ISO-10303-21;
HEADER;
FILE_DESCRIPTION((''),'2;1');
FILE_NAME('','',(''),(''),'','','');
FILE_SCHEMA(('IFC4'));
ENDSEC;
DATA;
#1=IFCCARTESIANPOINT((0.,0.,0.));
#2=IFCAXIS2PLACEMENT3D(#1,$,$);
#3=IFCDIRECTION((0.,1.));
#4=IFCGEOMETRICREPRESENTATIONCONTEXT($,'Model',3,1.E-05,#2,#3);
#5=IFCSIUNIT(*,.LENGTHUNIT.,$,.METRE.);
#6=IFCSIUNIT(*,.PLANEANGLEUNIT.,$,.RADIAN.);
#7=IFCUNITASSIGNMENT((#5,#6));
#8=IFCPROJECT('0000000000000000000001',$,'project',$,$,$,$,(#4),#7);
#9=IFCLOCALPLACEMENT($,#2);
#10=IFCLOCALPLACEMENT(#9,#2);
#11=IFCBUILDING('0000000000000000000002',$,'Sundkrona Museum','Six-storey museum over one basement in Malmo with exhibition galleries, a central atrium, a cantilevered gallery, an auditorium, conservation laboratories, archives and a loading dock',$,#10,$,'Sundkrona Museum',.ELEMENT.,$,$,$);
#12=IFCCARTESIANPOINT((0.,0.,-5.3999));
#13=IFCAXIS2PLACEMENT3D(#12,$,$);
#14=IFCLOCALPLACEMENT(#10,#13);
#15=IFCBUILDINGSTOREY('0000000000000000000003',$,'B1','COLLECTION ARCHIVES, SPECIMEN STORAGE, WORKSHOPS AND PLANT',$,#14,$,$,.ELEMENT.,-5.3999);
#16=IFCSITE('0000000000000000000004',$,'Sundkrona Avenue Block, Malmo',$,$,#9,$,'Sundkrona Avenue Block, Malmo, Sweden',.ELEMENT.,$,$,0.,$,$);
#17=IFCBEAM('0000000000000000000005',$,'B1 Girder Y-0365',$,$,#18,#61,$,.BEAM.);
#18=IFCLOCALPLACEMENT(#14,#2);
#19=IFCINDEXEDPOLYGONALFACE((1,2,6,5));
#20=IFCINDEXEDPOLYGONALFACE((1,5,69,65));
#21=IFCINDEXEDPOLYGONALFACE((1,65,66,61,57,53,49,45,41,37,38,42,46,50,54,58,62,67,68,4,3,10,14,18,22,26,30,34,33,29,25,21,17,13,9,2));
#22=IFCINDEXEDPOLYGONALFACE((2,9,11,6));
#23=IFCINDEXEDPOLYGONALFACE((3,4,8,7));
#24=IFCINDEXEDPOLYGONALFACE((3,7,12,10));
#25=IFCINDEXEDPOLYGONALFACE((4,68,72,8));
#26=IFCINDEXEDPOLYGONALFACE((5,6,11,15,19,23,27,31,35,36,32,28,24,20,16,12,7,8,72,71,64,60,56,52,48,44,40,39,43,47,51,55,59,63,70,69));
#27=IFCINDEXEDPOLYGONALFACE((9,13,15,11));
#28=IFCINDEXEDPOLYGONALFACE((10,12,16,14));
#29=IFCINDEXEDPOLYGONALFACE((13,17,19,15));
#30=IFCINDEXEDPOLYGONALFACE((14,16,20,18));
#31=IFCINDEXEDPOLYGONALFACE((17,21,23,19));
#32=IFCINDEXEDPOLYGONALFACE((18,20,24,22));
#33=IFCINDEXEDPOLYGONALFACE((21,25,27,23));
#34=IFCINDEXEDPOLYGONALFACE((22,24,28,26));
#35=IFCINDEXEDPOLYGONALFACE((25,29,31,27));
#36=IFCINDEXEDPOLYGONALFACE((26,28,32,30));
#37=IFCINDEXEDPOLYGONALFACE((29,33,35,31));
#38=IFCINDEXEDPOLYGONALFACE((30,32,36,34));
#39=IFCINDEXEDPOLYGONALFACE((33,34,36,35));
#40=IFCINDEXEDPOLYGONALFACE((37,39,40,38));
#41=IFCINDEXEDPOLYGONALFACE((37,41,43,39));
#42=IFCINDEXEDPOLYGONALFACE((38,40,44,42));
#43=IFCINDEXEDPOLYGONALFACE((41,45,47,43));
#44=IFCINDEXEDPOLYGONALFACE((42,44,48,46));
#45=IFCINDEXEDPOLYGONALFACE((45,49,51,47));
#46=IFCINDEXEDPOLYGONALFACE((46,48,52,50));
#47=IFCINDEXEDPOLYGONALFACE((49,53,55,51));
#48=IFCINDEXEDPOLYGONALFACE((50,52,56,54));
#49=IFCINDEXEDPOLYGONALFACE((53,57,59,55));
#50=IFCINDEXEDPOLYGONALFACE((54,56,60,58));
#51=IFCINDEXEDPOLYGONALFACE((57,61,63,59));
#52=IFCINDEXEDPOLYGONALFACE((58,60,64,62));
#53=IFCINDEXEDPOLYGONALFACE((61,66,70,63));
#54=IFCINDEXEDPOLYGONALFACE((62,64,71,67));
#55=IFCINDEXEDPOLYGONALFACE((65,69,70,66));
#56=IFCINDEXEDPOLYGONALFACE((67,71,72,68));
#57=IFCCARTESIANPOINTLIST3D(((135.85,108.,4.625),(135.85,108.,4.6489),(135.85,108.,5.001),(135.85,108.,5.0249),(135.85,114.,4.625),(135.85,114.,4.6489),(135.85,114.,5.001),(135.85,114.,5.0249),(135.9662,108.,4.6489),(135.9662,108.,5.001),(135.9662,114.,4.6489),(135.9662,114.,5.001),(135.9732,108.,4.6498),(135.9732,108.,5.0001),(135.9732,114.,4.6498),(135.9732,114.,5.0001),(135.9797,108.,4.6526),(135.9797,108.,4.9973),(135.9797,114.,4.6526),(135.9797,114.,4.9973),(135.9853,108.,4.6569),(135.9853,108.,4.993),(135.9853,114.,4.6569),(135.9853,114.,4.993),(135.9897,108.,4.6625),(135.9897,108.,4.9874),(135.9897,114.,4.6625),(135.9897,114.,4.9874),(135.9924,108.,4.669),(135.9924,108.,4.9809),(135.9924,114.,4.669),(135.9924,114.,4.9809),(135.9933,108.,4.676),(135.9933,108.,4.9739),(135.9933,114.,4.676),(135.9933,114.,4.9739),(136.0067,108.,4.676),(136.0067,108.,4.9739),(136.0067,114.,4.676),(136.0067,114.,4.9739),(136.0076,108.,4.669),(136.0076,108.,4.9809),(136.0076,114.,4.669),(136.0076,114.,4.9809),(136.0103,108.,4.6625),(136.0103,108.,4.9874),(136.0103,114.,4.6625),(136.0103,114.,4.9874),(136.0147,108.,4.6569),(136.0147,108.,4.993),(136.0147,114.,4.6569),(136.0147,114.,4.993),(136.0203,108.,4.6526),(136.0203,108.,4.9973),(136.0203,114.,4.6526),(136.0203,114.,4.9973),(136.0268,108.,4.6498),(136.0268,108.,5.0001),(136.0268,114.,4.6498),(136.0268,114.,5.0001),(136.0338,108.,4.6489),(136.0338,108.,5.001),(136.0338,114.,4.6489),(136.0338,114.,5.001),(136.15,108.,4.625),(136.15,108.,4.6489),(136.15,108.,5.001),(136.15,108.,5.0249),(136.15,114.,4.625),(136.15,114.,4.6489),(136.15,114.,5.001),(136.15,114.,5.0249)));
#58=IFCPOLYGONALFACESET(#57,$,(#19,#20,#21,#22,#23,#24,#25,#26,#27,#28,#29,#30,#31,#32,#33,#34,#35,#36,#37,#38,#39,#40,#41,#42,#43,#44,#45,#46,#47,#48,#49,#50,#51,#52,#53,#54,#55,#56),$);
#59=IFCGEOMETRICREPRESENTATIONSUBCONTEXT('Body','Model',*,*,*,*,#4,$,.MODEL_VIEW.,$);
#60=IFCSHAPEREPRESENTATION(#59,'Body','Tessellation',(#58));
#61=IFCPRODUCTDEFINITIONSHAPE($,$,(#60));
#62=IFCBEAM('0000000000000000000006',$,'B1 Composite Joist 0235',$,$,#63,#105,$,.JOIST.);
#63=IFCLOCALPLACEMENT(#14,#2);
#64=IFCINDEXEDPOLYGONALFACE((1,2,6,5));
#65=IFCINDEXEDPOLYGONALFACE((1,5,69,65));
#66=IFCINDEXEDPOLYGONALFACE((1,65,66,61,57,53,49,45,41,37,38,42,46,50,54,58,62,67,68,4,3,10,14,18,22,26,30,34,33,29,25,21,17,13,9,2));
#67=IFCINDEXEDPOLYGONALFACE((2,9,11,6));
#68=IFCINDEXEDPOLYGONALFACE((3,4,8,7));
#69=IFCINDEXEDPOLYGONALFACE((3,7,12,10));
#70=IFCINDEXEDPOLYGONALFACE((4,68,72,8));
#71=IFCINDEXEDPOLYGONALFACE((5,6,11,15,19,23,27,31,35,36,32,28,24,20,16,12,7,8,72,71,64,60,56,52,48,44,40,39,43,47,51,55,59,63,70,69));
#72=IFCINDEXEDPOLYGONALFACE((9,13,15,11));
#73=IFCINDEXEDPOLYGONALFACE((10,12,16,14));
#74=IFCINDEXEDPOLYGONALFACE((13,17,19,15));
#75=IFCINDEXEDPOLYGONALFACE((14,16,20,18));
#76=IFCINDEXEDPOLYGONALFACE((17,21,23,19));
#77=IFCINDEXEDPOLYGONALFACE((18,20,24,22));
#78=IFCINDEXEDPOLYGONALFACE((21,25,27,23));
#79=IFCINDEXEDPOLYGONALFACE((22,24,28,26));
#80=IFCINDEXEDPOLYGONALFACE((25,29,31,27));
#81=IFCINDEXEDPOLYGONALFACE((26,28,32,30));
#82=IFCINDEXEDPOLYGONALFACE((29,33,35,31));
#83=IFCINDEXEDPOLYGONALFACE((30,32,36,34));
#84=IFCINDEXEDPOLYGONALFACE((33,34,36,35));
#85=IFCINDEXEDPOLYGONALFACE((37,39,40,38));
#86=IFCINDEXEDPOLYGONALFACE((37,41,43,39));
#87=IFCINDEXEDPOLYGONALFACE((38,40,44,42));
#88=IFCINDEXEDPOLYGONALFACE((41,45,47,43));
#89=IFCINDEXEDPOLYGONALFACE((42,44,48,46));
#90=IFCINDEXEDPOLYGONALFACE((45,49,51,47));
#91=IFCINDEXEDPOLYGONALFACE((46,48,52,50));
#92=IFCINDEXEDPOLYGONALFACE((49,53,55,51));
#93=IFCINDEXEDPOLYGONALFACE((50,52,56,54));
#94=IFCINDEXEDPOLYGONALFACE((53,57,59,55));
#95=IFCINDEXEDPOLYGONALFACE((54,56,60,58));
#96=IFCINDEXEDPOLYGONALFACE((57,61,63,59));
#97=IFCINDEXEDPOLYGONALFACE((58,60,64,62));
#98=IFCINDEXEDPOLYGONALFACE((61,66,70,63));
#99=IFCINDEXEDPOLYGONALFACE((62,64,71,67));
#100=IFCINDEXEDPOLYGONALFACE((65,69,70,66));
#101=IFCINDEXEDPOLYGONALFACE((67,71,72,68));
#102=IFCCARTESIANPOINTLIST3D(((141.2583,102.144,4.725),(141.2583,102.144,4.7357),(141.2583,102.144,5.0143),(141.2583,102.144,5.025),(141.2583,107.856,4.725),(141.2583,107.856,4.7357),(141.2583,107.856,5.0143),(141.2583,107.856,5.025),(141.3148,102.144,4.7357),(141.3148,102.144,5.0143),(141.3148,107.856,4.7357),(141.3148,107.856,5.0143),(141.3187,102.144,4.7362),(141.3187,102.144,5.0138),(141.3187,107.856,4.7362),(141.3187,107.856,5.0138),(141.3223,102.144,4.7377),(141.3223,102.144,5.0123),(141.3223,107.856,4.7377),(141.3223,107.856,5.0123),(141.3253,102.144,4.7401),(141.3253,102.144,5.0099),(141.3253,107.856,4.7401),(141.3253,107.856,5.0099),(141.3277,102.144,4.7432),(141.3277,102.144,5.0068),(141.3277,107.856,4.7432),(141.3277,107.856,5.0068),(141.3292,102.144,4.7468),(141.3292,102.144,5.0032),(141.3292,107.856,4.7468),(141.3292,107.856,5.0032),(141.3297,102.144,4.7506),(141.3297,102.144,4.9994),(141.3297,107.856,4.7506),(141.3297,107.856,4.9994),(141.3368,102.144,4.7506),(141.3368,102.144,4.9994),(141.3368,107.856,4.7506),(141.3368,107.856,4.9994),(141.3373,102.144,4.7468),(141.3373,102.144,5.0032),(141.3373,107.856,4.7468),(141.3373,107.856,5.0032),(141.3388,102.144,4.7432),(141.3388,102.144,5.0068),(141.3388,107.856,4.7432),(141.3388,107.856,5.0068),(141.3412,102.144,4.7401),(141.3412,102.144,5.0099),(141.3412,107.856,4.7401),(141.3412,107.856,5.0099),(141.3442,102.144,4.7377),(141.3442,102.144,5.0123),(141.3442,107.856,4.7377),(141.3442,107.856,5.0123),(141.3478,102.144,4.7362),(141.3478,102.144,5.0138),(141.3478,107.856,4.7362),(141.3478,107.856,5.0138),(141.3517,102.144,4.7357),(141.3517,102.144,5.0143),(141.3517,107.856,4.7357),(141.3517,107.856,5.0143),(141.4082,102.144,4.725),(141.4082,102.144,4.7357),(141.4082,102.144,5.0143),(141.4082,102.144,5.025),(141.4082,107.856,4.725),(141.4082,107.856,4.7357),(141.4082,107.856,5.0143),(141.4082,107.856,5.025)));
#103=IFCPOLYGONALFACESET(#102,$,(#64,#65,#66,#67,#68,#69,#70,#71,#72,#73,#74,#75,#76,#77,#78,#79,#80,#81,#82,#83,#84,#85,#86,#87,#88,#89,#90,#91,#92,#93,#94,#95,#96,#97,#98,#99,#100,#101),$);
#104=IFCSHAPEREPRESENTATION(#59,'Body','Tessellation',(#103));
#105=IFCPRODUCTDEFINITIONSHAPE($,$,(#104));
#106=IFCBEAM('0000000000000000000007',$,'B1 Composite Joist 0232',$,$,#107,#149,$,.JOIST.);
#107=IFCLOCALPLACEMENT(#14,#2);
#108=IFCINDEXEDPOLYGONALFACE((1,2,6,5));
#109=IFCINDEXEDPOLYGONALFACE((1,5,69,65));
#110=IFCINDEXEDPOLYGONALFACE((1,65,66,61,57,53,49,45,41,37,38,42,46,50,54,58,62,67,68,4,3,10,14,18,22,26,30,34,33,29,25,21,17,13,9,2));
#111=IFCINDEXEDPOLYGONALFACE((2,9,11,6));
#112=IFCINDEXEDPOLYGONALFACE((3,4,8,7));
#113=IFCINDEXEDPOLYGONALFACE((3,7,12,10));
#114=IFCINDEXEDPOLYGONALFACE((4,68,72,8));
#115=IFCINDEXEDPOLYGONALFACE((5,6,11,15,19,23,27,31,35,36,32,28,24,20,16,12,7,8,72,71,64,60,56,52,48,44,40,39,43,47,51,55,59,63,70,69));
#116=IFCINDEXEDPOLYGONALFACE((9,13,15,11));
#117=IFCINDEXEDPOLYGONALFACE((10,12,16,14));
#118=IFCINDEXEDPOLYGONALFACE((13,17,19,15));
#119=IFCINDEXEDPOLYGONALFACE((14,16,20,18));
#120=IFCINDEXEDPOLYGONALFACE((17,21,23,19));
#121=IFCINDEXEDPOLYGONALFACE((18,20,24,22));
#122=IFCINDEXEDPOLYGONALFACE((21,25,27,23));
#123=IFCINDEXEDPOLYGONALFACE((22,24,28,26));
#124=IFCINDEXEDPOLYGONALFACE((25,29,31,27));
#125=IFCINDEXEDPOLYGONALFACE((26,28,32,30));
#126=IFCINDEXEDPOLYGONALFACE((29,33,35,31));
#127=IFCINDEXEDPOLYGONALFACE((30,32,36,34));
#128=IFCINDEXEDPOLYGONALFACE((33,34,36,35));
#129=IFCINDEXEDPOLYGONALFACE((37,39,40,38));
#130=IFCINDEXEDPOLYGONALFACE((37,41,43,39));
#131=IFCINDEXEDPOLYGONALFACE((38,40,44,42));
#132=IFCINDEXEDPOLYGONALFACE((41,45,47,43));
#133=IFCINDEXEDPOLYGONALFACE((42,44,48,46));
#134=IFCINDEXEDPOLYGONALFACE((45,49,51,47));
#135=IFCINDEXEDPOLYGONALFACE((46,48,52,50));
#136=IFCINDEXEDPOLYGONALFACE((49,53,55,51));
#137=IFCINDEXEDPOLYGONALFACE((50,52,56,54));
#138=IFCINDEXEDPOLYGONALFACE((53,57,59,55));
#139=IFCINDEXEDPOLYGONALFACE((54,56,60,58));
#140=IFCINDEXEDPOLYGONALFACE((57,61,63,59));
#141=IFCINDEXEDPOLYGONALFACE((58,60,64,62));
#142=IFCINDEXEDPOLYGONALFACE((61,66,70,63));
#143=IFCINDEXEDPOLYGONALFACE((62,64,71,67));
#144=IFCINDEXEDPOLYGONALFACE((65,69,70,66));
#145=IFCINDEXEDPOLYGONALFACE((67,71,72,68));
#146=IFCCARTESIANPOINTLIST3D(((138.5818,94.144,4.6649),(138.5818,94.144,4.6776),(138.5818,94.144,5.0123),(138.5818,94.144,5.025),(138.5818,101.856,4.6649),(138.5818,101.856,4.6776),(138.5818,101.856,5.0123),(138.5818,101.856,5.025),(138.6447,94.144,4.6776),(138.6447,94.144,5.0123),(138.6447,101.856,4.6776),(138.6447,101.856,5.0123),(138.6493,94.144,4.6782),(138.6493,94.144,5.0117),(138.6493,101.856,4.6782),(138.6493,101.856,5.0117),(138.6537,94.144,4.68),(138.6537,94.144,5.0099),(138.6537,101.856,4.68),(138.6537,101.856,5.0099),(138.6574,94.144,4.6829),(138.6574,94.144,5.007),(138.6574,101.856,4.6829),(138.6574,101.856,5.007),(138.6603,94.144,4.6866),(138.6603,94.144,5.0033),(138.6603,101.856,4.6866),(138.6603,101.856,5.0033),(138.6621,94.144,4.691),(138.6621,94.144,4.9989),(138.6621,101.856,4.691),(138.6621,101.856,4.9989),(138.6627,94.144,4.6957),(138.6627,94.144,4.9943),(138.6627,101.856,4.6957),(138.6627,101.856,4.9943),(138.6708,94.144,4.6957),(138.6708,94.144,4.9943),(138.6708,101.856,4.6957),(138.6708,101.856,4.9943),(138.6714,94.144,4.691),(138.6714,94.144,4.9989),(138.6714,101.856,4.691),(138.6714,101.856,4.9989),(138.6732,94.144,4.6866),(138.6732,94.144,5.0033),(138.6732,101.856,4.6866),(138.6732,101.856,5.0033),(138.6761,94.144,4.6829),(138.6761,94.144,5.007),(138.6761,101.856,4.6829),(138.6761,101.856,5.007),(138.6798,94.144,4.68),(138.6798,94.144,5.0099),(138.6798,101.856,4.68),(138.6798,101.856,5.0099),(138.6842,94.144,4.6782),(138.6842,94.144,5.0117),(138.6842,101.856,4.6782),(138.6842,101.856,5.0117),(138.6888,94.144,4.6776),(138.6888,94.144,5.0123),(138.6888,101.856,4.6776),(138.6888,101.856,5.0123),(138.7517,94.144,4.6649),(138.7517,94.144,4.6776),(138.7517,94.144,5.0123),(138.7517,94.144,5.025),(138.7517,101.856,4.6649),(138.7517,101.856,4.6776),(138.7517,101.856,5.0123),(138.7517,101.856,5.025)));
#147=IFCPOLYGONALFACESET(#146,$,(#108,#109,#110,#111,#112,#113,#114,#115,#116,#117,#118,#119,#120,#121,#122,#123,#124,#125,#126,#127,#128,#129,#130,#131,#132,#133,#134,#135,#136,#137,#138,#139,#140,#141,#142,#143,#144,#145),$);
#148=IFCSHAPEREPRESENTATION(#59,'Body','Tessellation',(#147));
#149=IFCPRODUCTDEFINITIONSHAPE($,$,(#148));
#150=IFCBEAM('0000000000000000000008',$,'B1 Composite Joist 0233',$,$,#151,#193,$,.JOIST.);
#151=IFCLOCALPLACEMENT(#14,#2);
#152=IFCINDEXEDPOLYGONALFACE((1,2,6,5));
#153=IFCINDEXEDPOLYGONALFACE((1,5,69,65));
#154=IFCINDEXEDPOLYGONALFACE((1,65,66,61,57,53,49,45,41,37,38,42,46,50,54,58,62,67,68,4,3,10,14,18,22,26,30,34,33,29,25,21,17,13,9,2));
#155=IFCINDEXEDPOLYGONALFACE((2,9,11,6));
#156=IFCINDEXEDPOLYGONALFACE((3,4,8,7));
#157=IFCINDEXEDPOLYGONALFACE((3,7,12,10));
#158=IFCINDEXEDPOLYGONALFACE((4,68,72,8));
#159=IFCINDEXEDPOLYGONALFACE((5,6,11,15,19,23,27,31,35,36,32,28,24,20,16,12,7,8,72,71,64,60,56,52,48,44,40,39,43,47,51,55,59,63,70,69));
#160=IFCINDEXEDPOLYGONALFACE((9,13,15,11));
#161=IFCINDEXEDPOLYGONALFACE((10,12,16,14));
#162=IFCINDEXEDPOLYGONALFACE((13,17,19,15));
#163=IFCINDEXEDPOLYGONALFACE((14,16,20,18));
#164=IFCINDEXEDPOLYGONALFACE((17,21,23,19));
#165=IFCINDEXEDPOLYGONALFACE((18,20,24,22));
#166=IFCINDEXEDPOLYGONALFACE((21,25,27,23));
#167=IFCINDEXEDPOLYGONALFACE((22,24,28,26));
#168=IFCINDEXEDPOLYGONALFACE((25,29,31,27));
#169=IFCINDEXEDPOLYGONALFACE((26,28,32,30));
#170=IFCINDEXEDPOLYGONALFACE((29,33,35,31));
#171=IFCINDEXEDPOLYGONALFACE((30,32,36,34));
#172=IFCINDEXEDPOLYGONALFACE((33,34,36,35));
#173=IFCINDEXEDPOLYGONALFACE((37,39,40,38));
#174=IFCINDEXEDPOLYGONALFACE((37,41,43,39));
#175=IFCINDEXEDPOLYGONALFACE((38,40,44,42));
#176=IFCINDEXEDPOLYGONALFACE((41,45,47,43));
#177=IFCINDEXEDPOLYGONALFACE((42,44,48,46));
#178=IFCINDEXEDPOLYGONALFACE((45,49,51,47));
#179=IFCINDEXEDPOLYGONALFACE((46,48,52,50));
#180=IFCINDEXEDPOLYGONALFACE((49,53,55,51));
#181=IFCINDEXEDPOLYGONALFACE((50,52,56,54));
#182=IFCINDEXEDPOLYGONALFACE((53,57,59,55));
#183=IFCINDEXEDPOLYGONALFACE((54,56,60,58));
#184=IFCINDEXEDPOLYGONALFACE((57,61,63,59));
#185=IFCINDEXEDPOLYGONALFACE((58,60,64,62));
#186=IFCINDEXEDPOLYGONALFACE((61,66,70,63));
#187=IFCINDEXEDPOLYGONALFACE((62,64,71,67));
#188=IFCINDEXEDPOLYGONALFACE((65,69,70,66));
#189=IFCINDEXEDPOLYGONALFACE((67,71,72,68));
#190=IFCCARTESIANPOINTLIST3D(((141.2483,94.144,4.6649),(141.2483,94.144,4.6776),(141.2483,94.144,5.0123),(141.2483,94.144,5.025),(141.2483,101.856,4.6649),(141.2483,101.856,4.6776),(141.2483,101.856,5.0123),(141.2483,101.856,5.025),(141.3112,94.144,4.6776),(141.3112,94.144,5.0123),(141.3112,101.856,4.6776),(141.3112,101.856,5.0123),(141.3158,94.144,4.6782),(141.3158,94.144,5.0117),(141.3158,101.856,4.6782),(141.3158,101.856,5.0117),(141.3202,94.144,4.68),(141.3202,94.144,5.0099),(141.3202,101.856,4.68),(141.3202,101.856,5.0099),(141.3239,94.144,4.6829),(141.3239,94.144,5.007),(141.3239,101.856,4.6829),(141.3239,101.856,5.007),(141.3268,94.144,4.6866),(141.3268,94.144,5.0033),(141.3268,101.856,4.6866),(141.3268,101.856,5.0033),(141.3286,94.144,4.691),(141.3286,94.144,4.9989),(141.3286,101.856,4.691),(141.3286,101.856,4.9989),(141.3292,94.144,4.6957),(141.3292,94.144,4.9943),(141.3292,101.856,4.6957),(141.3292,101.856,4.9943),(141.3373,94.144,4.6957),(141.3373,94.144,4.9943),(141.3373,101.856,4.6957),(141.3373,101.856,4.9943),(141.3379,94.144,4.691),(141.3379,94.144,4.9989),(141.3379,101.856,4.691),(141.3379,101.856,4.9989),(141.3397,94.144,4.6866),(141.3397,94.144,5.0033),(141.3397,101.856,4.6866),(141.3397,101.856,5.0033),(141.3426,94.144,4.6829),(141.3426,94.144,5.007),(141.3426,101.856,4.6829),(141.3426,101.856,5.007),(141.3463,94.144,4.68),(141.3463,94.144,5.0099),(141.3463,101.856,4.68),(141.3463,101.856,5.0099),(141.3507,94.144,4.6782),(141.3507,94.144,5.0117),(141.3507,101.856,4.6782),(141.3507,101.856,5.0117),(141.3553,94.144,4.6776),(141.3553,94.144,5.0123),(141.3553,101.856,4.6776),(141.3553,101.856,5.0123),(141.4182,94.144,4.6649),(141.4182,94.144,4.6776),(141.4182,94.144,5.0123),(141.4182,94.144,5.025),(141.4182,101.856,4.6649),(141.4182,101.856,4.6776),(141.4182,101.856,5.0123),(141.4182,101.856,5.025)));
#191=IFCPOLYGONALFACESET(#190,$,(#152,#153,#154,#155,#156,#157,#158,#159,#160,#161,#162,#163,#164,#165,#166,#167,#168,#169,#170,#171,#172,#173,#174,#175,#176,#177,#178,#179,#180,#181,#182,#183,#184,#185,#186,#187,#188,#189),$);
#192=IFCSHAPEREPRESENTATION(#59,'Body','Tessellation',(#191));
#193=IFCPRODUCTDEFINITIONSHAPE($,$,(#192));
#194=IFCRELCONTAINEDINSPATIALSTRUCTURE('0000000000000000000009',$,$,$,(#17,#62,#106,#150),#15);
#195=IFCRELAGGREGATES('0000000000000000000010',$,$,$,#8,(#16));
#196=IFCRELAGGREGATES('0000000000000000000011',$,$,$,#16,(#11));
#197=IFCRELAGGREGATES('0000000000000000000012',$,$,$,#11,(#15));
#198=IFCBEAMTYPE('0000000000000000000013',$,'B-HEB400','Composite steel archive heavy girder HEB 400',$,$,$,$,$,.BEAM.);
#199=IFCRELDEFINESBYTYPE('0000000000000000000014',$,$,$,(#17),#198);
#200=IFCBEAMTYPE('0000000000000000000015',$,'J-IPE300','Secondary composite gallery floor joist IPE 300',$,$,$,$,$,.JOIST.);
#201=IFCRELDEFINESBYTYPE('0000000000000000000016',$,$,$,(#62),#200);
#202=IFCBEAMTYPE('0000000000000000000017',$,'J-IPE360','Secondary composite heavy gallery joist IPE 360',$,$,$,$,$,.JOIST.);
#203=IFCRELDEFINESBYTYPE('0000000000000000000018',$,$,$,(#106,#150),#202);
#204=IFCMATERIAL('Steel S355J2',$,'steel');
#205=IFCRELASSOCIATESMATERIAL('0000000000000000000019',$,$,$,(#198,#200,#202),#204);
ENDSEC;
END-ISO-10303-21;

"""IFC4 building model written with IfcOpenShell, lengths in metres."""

from ifc_helpers import new_model, si_unit, direction, frame, origin, origin_2d, place, context, subcontext, project, spatial, i_section, extrude, material, material_profile, profile_set, type_object, element, save


model = new_model("IFC4")

# Units and contexts
model_context = context("Model", 3, precision=1e-05, world=origin(), true_north=direction((0.0, 1.0)))
body_context = subcontext(model_context, "Body", "Model", "MODEL_VIEW")
ifc_project = project(units=[si_unit("LENGTHUNIT", "METRE"), si_unit("PLANEANGLEUNIT", "RADIAN")], contexts=[model_context])

# Site, building, storey
site_placement = place(None, origin())
site = spatial("IfcSite", under=ifc_project, at=site_placement, Name="Sundkrona Avenue Block, Malmo", LongName="Sundkrona Avenue Block, Malmo, Sweden", CompositionType="ELEMENT", RefElevation=0.0)
building_placement = place(site_placement, origin())
building = spatial("IfcBuilding", under=site, at=building_placement, Name="Sundkrona Museum", Description="Six-storey museum over one basement in Malmo with exhibition galleries, a central atrium, a cantilevered gallery, an auditorium, conservation laboratories, archives and a loading dock", LongName="Sundkrona Museum", CompositionType="ELEMENT")
storey_placement = place(building_placement, frame((0.0, 0.0, -5.3999)))
storey = spatial("IfcBuildingStorey", under=building, at=storey_placement, Name="B1", Description="COLLECTION ARCHIVES, SPECIMEN STORAGE, WORKSHOPS AND PLANT", CompositionType="ELEMENT", Elevation=-5.3999)

# Beams
ifc_material_1 = material(Name="Steel S355J2", Category="steel")
ifc_material_profile_1 = material_profile(ifc_material_1, i_section(OverallWidth=0.3, OverallDepth=0.3999, WebThickness=0.0134, FlangeThickness=0.0239, FilletRadius=0.0271, at=origin_2d()), Name="HEB 400")
ifc_profile_set_1 = profile_set([ifc_material_profile_1], Name="Steel S355J2")
beam_type_1 = type_object("IfcBeamType", Name="B-HEB400", Description="Composite steel archive heavy girder HEB 400", PredefinedType="BEAM", material=ifc_profile_set_1)
for number, where, z_axis, x_axis, name in (
    (1, (136.0, 108.0, 4.825), (0.0, 1.0, 0.0), (-1.0, 0.0, 0.0), "B1 Girder Y-0365"),
):
    element("IfcBeam", number, at=place(storey_placement, frame(where, z_axis=z_axis, x_axis=x_axis)), inside=storey, type_object=beam_type_1, Name=name, PredefinedType="BEAM", context=body_context, shape_type="SweptSolid", body=[
        extrude(i_section(OverallWidth=0.3, OverallDepth=0.3999, WebThickness=0.0134, FlangeThickness=0.0239, FilletRadius=0.0271, at=origin_2d()), origin(), (0.0, 0.0, 1.0), 6.0),
    ])
ifc_material_profile_2 = material_profile(ifc_material_1, i_section(OverallWidth=0.1499, OverallDepth=0.3, WebThickness=0.0071, FlangeThickness=0.0107, FilletRadius=0.0149, at=origin_2d()), Name="IPE 300")
ifc_profile_set_2 = profile_set([ifc_material_profile_2], Name="Steel S355J2")
beam_type_2 = type_object("IfcBeamType", Name="J-IPE300", Description="Secondary composite gallery floor joist IPE 300", PredefinedType="JOIST", material=ifc_profile_set_2)
beam_1_placement = place(storey_placement, frame((141.3333, 102.144, 4.875), z_axis=(0.0, 1.0, 0.0), x_axis=(-1.0, 0.0, 0.0)))
element("IfcBeam", 2, at=beam_1_placement, inside=storey, type_object=beam_type_2, Name="B1 Composite Joist 0235", PredefinedType="JOIST", context=body_context, shape_type="SweptSolid", body=[
    extrude(i_section(OverallWidth=0.1499, OverallDepth=0.3, WebThickness=0.0071, FlangeThickness=0.0107, FilletRadius=0.0149, at=origin_2d()), origin(), (0.0, 0.0, 1.0), 5.7119),
])
ifc_material_profile_3 = material_profile(ifc_material_1, i_section(OverallWidth=0.1699, OverallDepth=0.3601, WebThickness=0.0081, FlangeThickness=0.0127, FilletRadius=0.0181, at=origin_2d()), Name="IPE 360")
ifc_profile_set_3 = profile_set([ifc_material_profile_3], Name="Steel S355J2")
beam_type_3 = type_object("IfcBeamType", Name="J-IPE360", Description="Secondary composite heavy gallery joist IPE 360", PredefinedType="JOIST", material=ifc_profile_set_3)
for number, where, z_axis, x_axis, name in (
    (3, (138.6667, 94.144, 4.845), (0.0, 1.0, 0.0), (-1.0, 0.0, 0.0), "B1 Composite Joist 0232"),
    (4, (141.3333, 94.144, 4.845), (0.0, 1.0, 0.0), (-1.0, 0.0, 0.0), "B1 Composite Joist 0233"),
):
    element("IfcBeam", number, at=place(storey_placement, frame(where, z_axis=z_axis, x_axis=x_axis)), inside=storey, type_object=beam_type_3, Name=name, PredefinedType="JOIST", context=body_context, shape_type="SweptSolid", body=[
        extrude(i_section(OverallWidth=0.1699, OverallDepth=0.3601, WebThickness=0.0081, FlangeThickness=0.0127, FilletRadius=0.0181, at=origin_2d()), origin(), (0.0, 0.0, 1.0), 7.7119),
    ])

save(model, "model.ifc")
